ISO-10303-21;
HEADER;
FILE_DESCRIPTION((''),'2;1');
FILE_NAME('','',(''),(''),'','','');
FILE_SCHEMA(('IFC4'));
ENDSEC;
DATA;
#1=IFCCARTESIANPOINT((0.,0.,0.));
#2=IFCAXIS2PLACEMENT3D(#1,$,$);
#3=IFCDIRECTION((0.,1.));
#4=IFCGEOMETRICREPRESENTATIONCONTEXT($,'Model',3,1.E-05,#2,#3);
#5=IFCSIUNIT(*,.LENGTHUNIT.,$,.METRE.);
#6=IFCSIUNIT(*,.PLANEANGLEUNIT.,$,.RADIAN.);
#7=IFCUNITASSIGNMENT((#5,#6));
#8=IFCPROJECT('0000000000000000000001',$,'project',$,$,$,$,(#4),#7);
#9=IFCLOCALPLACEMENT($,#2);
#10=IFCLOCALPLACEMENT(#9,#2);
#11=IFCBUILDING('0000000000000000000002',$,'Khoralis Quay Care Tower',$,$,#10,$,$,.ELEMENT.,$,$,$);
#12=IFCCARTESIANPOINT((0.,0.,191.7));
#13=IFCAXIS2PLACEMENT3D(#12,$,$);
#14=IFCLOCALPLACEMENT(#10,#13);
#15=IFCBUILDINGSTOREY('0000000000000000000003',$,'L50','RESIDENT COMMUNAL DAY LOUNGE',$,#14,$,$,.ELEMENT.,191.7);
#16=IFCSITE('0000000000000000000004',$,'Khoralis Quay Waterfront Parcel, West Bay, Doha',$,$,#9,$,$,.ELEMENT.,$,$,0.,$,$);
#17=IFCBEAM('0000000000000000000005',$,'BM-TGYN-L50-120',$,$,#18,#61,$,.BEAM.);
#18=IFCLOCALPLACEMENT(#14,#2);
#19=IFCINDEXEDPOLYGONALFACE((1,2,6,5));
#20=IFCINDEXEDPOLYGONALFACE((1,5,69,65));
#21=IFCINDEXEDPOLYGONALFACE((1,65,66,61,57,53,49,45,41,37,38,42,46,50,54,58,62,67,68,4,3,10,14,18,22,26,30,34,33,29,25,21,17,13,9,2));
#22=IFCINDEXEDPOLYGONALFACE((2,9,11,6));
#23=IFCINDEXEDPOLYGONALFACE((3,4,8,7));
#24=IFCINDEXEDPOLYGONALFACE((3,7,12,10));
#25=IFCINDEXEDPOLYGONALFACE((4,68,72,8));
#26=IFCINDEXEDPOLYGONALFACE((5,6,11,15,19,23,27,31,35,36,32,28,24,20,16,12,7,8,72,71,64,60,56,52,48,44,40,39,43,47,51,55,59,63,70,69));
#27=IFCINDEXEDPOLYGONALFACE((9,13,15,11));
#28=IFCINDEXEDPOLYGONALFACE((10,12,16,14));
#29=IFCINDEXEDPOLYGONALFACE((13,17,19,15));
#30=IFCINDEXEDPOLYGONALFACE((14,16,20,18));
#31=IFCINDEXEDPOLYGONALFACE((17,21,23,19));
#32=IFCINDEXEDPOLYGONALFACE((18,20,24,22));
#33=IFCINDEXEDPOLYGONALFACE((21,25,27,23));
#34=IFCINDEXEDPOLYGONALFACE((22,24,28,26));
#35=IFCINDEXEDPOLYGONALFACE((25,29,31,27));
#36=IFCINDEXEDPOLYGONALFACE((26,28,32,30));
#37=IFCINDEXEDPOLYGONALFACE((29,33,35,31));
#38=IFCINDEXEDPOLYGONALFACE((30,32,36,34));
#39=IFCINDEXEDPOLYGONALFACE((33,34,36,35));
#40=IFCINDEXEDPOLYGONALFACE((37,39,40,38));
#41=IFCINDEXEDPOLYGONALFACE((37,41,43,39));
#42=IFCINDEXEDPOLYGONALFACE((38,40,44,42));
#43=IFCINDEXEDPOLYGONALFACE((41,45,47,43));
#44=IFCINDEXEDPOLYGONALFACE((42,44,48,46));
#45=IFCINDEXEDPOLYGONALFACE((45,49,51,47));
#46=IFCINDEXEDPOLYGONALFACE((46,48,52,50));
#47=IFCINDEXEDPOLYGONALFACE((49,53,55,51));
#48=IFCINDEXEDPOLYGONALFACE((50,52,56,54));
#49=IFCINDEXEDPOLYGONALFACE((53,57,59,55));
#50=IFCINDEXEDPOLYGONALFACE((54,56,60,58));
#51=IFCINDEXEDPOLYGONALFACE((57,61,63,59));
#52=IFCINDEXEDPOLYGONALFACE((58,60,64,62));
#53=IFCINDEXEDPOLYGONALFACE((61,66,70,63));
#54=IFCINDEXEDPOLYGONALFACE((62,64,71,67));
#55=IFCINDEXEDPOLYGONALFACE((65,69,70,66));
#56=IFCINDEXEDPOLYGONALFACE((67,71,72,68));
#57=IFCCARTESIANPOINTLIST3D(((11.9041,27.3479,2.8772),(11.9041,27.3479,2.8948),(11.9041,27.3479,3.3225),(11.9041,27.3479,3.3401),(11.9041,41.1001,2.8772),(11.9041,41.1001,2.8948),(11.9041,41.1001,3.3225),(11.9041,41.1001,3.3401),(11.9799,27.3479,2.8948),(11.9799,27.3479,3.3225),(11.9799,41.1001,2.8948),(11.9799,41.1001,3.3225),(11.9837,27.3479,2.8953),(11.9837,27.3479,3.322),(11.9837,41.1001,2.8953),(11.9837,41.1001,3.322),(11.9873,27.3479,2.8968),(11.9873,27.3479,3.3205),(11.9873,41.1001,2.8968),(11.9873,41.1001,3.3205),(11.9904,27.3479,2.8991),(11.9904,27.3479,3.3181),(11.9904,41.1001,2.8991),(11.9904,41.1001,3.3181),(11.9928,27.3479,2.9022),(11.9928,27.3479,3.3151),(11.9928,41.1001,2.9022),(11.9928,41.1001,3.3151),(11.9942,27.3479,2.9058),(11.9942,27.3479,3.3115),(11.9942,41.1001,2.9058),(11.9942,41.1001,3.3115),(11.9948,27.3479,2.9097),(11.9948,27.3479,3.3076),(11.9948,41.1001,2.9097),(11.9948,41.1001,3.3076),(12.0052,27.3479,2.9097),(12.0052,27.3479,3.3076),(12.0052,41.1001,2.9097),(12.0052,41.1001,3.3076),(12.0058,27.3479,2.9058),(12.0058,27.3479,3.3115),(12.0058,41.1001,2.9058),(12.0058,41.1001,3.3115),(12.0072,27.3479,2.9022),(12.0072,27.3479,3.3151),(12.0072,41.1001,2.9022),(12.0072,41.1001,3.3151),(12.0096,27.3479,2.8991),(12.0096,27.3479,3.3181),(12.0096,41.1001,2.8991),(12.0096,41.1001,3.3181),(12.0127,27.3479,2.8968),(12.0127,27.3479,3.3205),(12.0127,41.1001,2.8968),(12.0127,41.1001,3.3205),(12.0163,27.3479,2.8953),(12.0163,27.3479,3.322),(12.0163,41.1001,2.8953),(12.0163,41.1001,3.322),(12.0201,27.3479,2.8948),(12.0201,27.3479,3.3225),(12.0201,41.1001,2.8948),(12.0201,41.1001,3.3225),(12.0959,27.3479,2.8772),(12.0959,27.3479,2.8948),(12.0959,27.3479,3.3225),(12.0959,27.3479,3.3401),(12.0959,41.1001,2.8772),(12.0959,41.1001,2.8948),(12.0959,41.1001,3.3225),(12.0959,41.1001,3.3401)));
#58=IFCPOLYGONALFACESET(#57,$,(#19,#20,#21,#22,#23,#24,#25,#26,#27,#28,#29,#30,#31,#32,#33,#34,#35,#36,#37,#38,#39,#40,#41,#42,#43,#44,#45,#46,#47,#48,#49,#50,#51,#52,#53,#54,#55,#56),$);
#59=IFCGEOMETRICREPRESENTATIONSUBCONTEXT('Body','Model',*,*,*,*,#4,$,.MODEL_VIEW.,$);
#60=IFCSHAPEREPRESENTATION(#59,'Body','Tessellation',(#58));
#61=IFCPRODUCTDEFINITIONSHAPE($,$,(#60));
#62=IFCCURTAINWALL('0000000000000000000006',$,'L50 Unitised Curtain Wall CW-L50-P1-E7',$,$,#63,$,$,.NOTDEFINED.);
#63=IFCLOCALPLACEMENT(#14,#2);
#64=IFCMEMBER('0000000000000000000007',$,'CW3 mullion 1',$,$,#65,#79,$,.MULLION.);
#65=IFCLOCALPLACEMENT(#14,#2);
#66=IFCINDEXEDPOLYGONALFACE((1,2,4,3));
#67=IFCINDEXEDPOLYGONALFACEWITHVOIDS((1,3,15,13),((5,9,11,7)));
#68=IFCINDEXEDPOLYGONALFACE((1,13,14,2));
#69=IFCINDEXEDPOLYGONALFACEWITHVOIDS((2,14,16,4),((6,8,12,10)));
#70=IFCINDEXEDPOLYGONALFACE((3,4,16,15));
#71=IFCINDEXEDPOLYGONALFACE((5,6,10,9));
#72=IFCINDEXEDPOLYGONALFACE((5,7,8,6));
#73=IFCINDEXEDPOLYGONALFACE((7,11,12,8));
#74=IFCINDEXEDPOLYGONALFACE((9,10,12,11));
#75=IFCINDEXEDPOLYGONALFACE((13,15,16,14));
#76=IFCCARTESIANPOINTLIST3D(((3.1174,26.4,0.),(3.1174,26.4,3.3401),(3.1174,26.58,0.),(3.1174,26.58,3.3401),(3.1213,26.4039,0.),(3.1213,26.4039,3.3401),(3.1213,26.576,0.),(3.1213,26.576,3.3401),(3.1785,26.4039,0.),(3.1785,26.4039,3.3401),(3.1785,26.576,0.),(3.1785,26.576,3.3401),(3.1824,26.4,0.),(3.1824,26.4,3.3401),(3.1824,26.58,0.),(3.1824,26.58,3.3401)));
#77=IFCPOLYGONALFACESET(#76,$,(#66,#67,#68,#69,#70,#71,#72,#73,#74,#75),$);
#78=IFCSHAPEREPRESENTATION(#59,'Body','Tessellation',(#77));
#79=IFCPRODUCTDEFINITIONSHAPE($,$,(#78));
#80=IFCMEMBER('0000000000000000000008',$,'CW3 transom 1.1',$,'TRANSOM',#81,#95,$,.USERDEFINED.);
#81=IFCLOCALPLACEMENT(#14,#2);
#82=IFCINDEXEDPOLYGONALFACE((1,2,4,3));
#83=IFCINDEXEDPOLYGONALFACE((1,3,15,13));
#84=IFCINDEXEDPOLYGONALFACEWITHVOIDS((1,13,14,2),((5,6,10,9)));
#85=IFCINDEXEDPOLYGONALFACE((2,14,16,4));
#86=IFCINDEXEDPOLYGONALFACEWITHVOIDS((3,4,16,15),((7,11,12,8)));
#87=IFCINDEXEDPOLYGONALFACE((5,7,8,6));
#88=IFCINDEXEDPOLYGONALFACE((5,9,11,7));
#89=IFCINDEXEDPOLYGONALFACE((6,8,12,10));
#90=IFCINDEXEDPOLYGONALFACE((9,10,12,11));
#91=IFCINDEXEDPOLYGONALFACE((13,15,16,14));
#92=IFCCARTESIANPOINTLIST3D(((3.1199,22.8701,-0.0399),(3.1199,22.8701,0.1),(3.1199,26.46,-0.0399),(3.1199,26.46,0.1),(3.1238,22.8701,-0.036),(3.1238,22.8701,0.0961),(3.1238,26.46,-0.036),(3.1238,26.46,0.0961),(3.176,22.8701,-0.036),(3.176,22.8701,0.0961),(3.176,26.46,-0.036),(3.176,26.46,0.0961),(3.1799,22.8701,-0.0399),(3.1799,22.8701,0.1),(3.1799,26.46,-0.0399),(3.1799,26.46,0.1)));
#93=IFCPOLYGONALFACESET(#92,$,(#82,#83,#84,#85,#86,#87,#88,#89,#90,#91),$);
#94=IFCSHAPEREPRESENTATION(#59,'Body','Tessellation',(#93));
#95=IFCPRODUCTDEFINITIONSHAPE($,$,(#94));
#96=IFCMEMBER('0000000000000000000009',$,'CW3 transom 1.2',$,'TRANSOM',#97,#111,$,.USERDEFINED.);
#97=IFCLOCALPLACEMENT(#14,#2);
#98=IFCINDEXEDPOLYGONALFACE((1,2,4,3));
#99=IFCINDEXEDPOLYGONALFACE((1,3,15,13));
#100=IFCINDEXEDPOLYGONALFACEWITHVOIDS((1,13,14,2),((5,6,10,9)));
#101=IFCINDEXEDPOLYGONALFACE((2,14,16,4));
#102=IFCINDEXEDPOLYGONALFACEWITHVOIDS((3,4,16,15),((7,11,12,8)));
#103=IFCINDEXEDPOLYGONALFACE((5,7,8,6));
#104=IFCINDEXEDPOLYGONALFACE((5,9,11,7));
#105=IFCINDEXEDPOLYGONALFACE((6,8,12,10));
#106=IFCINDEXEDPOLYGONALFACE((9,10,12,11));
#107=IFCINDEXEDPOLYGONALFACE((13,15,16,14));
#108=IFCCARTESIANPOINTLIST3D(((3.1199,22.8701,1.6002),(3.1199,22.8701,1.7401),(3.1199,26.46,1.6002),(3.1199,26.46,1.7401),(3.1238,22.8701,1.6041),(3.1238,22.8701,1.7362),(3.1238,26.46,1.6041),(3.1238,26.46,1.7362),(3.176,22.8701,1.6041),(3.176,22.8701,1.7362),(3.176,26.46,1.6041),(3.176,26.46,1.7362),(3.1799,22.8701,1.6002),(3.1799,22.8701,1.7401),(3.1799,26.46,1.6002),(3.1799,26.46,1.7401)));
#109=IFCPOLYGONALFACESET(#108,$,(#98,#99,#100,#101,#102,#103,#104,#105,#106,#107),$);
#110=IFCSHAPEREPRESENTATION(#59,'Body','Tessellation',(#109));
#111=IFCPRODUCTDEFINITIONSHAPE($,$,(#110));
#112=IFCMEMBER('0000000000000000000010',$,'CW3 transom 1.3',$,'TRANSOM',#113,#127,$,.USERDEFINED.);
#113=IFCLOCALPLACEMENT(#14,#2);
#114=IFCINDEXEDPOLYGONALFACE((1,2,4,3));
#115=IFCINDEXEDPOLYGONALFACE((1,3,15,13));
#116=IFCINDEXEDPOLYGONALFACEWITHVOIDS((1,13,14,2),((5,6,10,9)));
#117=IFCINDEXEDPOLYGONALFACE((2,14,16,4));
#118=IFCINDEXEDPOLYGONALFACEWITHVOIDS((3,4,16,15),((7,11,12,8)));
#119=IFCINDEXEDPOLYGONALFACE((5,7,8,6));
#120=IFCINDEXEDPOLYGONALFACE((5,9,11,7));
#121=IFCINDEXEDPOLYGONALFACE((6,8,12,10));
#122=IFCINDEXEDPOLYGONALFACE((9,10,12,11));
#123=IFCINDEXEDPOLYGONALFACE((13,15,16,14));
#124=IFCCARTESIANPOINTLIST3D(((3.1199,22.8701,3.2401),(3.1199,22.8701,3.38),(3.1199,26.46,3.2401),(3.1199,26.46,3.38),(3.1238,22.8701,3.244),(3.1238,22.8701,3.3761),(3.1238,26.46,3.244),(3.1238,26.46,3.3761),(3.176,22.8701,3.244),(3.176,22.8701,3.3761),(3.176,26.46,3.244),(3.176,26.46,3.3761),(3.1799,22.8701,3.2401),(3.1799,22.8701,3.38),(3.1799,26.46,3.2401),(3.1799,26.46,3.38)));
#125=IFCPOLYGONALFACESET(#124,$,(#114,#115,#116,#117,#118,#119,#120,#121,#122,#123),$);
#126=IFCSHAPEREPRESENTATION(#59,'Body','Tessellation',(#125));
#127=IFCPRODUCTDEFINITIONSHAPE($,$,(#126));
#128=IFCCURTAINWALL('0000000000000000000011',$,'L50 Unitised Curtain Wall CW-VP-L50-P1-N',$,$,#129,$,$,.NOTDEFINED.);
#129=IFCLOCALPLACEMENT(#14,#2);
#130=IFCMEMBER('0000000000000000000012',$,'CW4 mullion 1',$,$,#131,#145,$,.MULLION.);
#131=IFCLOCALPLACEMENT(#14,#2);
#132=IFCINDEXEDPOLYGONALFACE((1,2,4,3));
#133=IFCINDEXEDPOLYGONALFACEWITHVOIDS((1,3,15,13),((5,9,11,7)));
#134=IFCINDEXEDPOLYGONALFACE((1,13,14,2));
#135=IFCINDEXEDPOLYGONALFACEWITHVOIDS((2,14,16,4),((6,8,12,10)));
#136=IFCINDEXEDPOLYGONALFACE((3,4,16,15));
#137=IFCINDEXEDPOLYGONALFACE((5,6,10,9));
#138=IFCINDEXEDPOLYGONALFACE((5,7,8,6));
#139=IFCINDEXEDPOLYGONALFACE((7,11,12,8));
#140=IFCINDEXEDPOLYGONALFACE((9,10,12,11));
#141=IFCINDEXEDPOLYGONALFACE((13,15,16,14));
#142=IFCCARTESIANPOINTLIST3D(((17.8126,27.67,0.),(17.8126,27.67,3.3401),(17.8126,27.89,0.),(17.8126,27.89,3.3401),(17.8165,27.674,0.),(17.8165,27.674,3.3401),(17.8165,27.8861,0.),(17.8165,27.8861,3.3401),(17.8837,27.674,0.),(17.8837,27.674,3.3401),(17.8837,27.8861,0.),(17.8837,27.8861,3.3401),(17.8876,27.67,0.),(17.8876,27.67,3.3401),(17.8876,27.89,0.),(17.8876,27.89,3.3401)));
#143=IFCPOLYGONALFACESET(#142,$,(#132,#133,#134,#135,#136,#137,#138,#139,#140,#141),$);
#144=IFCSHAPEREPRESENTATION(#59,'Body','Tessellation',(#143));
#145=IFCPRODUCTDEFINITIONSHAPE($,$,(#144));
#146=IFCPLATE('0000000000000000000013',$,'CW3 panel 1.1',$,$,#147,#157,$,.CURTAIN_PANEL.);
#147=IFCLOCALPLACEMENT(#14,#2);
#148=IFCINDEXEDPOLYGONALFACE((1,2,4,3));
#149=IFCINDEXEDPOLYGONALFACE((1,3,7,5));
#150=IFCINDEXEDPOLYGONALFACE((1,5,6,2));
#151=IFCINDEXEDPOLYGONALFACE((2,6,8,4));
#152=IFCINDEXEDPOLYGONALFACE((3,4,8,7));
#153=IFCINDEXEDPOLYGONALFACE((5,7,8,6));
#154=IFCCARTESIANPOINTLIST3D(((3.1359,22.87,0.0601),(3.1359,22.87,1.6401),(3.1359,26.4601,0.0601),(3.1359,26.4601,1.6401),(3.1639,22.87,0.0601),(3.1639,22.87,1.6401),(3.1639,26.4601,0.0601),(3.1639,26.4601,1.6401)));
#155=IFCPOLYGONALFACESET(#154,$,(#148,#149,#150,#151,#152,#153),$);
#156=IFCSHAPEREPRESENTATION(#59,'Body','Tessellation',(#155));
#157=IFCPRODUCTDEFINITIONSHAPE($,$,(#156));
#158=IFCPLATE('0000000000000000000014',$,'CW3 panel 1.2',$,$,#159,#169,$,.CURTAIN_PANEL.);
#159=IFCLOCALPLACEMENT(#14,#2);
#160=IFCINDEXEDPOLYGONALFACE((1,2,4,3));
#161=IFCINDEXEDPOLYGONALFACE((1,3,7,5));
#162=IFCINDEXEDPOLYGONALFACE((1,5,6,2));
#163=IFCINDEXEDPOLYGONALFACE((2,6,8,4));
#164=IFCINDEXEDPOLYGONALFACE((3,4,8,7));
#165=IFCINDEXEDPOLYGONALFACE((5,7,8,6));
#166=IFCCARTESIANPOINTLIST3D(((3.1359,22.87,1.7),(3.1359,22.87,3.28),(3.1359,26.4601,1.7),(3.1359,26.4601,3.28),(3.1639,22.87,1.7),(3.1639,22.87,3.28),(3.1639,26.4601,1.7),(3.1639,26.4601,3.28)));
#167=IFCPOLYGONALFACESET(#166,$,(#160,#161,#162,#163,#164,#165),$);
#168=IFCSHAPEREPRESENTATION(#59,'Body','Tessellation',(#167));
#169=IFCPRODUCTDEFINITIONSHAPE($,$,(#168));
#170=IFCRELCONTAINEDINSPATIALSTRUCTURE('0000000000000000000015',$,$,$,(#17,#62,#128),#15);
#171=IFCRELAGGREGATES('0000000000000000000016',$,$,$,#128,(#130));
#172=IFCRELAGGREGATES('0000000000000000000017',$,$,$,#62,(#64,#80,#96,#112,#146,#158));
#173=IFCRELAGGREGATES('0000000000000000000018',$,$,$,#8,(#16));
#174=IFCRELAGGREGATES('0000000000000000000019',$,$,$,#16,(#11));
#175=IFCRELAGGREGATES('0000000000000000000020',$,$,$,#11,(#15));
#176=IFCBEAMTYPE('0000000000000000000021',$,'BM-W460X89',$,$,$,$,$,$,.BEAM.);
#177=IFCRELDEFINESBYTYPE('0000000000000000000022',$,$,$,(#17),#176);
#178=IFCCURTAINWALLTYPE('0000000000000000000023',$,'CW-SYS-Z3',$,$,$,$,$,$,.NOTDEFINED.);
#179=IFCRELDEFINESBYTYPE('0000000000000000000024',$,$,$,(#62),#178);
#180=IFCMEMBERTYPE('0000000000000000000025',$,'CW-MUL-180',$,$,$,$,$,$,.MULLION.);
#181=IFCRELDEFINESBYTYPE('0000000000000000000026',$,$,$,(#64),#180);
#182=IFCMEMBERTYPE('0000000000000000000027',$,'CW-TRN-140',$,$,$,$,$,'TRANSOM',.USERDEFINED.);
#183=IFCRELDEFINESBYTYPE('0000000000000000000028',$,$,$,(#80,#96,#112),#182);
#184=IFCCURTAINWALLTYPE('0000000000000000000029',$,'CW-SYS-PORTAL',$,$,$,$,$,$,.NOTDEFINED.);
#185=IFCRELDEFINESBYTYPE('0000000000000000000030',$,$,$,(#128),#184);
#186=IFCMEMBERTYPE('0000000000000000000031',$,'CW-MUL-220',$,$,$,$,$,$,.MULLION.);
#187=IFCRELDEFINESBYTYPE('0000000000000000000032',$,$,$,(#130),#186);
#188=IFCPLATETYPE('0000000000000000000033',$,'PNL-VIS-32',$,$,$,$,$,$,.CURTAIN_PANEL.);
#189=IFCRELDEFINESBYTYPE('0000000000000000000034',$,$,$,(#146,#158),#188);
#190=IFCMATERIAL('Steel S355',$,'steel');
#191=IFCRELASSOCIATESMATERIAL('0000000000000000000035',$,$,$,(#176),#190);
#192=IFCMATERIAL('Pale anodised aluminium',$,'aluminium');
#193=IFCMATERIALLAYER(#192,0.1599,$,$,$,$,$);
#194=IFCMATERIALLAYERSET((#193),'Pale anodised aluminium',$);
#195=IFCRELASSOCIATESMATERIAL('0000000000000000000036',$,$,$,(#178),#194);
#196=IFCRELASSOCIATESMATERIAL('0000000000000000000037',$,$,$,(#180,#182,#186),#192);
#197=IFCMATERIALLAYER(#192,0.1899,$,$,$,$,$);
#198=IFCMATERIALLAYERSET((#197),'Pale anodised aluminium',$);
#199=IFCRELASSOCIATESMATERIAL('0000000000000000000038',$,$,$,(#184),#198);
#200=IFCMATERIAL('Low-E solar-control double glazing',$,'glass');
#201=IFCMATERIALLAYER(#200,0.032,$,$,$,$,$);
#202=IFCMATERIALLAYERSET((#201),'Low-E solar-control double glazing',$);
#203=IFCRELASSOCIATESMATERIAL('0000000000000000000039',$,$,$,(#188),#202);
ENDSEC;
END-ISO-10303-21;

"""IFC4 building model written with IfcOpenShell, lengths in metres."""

from ifc_helpers import new_model, si_unit, direction, frame, origin, origin_2d, place, context, subcontext, project, spatial, rectangle, hollow_rectangle, i_section, extrude, source, transform, mapped, material, layer, layer_set, material_profile, profile_set, type_object, element, aggregate, save


model = new_model("IFC4")

# Units and contexts
model_context = context("Model", 3, precision=1e-05, world=origin(), true_north=direction((0.0, 1.0)))
body_context = subcontext(model_context, "Body", "Model", "MODEL_VIEW")
ifc_project = project(units=[si_unit("LENGTHUNIT", "METRE"), si_unit("PLANEANGLEUNIT", "RADIAN")], contexts=[model_context])

# Site, building, storey
site_placement = place(None, origin())
site = spatial("IfcSite", under=ifc_project, at=site_placement, Name="Khoralis Quay Waterfront Parcel, West Bay, Doha", CompositionType="ELEMENT", RefElevation=0.0)
building_placement = place(site_placement, origin())
building = spatial("IfcBuilding", under=site, at=building_placement, Name="Khoralis Quay Care Tower", CompositionType="ELEMENT")
storey_placement = place(building_placement, frame((0.0, 0.0, 191.7)))
storey = spatial("IfcBuildingStorey", under=building, at=storey_placement, Name="L50", Description="RESIDENT COMMUNAL DAY LOUNGE", CompositionType="ELEMENT", Elevation=191.7)

# Beam
ifc_material_1 = material(Name="Steel S355", Category="steel")
ifc_material_profile_1 = material_profile(ifc_material_1, i_section(OverallWidth=0.1919, OverallDepth=0.4629, WebThickness=0.0105, FlangeThickness=0.0176, FilletRadius=0.0149, at=origin_2d()), Name="Steel S355")
ifc_profile_set_1 = profile_set([ifc_material_profile_1], Name="Steel S355")
beam_type_1 = type_object("IfcBeamType", Name="BM-W460X89", PredefinedType="BEAM", material=ifc_profile_set_1)
shared_shape_1 = source(origin(), body_context, "Body", "SweptSolid", [
    extrude(i_section(OverallWidth=0.1919, OverallDepth=0.4629, WebThickness=0.0105, FlangeThickness=0.0176, FilletRadius=0.0149, at=origin_2d()), origin(), (0.0, 0.0, 1.0), 13.7522),
])
beam_1_placement = place(storey_placement, frame((12.0, 27.3479, 3.1086), z_axis=(0.0, 1.0, 0.0), x_axis=(-1.0, 0.0, 0.0)))
element("IfcBeam", 1, at=beam_1_placement, inside=storey, type_object=beam_type_1, Name="BM-TGYN-L50-120", PredefinedType="BEAM", context=body_context, shape_type="MappedRepresentation", body=[
    mapped(shared_shape_1, transform((0.0, 0.0, 0.0), scale=1.0)),
])

# Curtain wall, members
ifc_material_2 = material(Name="Pale anodised aluminium", Category="aluminium")
ifc_layer_1 = layer(ifc_material_2, 0.1599)
ifc_layer_set_1 = layer_set([ifc_layer_1], Name="Pale anodised aluminium")
curtain_wall_type_1 = type_object("IfcCurtainWallType", Name="CW-SYS-Z3", PredefinedType="NOTDEFINED", material=ifc_layer_set_1)
curtain_wall_1_placement = place(storey_placement, origin())
curtain_wall_1 = element("IfcCurtainWall", 2, at=curtain_wall_1_placement, inside=storey, type_object=curtain_wall_type_1, Name="L50 Unitised Curtain Wall CW-L50-P1-E7", PredefinedType="NOTDEFINED")
ifc_material_profile_2 = material_profile(ifc_material_2, hollow_rectangle(XDim=0.0649, YDim=0.1799, WallThickness=0.0039, at=origin_2d()), Name="Pale anodised aluminium")
ifc_profile_set_2 = profile_set([ifc_material_profile_2], Name="Pale anodised aluminium")
member_type_1 = type_object("IfcMemberType", Name="CW-MUL-180", PredefinedType="MULLION", material=ifc_profile_set_2)
shared_shape_2 = source(origin(), body_context, "Body", "SweptSolid", [
    extrude(hollow_rectangle(XDim=0.0649, YDim=0.1799, WallThickness=0.0039, at=origin_2d()), origin(), (0.0, 0.0, 1.0), 3.3401),
])
member_1_placement = place(storey_placement, frame((3.1499, 26.49, 0.0), z_axis=(0.0, 0.0, 1.0), x_axis=(1.0, 0.0, 0.0)))
member_1 = element("IfcMember", 3, at=member_1_placement, type_object=member_type_1, Name="CW3 mullion 1", PredefinedType="MULLION", context=body_context, shape_type="MappedRepresentation", body=[
    mapped(shared_shape_2, transform((0.0, 0.0, 0.0), scale=1.0)),
])
ifc_material_profile_3 = material_profile(ifc_material_2, hollow_rectangle(XDim=0.0601, YDim=0.1399, WallThickness=0.0039, at=origin_2d()), Name="Pale anodised aluminium")
ifc_profile_set_3 = profile_set([ifc_material_profile_3], Name="Pale anodised aluminium")
member_type_2 = type_object("IfcMemberType", Name="CW-TRN-140", ElementType="TRANSOM", PredefinedType="USERDEFINED", material=ifc_profile_set_3)
shared_shape_3 = source(origin(), body_context, "Body", "SweptSolid", [
    extrude(hollow_rectangle(XDim=0.0601, YDim=0.1399, WallThickness=0.0039, at=origin_2d()), origin(), (0.0, 0.0, 1.0), 3.5898),
])
member_2_placement = place(storey_placement, frame((3.1499, 26.46, 0.03), z_axis=(0.0, -1.0, 0.0), x_axis=(1.0, 0.0, 0.0)))
member_2 = element("IfcMember", 4, at=member_2_placement, type_object=member_type_2, Name="CW3 transom 1.1", ObjectType="TRANSOM", PredefinedType="USERDEFINED", context=body_context, shape_type="MappedRepresentation", body=[
    mapped(shared_shape_3, transform((0.0, 0.0, 0.0), scale=1.0)),
])
member_3_placement = place(storey_placement, frame((3.1499, 26.46, 1.6702), z_axis=(0.0, -1.0, 0.0), x_axis=(1.0, 0.0, 0.0)))
member_3 = element("IfcMember", 5, at=member_3_placement, type_object=member_type_2, Name="CW3 transom 1.2", ObjectType="TRANSOM", PredefinedType="USERDEFINED", context=body_context, shape_type="MappedRepresentation", body=[
    mapped(shared_shape_3, transform((0.0, 0.0, 0.0), scale=1.0)),
])
member_4_placement = place(storey_placement, frame((3.1499, 26.46, 3.3101), z_axis=(0.0, -1.0, 0.0), x_axis=(1.0, 0.0, 0.0)))
member_4 = element("IfcMember", 6, at=member_4_placement, type_object=member_type_2, Name="CW3 transom 1.3", ObjectType="TRANSOM", PredefinedType="USERDEFINED", context=body_context, shape_type="MappedRepresentation", body=[
    mapped(shared_shape_3, transform((0.0, 0.0, 0.0), scale=1.0)),
])

# Curtain wall, member
ifc_layer_2 = layer(ifc_material_2, 0.1899)
ifc_layer_set_2 = layer_set([ifc_layer_2], Name="Pale anodised aluminium")
curtain_wall_type_2 = type_object("IfcCurtainWallType", Name="CW-SYS-PORTAL", PredefinedType="NOTDEFINED", material=ifc_layer_set_2)
curtain_wall_2_placement = place(storey_placement, origin())
curtain_wall_2 = element("IfcCurtainWall", 7, at=curtain_wall_2_placement, inside=storey, type_object=curtain_wall_type_2, Name="L50 Unitised Curtain Wall CW-VP-L50-P1-N", PredefinedType="NOTDEFINED")
ifc_material_profile_4 = material_profile(ifc_material_2, hollow_rectangle(XDim=0.075, YDim=0.22, WallThickness=0.0039, at=origin_2d()), Name="Pale anodised aluminium")
ifc_profile_set_4 = profile_set([ifc_material_profile_4], Name="Pale anodised aluminium")
member_type_3 = type_object("IfcMemberType", Name="CW-MUL-220", PredefinedType="MULLION", material=ifc_profile_set_4)
shared_shape_4 = source(origin(), body_context, "Body", "SweptSolid", [
    extrude(hollow_rectangle(XDim=0.075, YDim=0.22, WallThickness=0.0039, at=origin_2d()), origin(), (0.0, 0.0, 1.0), 3.3401),
])
member_5_placement = place(storey_placement, frame((17.8501, 27.78, 0.0), z_axis=(0.0, 0.0, 1.0), x_axis=(-1.0, 0.0, 0.0)))
member_5 = element("IfcMember", 8, at=member_5_placement, type_object=member_type_3, Name="CW4 mullion 1", PredefinedType="MULLION", context=body_context, shape_type="MappedRepresentation", body=[
    mapped(shared_shape_4, transform((0.0, 0.0, 0.0), scale=1.0)),
])
aggregate(curtain_wall_2, [member_5])

# Plates
ifc_material_3 = material(Name="Low-E solar-control double glazing", Category="glass")
ifc_layer_3 = layer(ifc_material_3, 0.032)
ifc_layer_set_3 = layer_set([ifc_layer_3], Name="Low-E solar-control double glazing")
plate_type = type_object("IfcPlateType", Name="PNL-VIS-32", PredefinedType="CURTAIN_PANEL", material=ifc_layer_set_3)
shared_shape_5 = source(origin(), body_context, "Body", "SweptSolid", [
    extrude(rectangle(XDim=3.5901, YDim=0.0281, at=origin_2d()), origin(), (0.0, 0.0, 1.0), 1.5801),
])
plate_1_placement = place(storey_placement, frame((3.1499, 24.665, 0.0601), z_axis=(0.0, 0.0, 1.0), x_axis=(0.0, -1.0, 0.0)))
plate_1 = element("IfcPlate", 9, at=plate_1_placement, type_object=plate_type, Name="CW3 panel 1.1", PredefinedType="CURTAIN_PANEL", context=body_context, shape_type="MappedRepresentation", body=[
    mapped(shared_shape_5, transform((0.0, 0.0, 0.0), scale=1.0)),
])
plate_2_placement = place(storey_placement, frame((3.1499, 24.665, 1.7), z_axis=(0.0, 0.0, 1.0), x_axis=(0.0, -1.0, 0.0)))
plate_2 = element("IfcPlate", 10, at=plate_2_placement, type_object=plate_type, Name="CW3 panel 1.2", PredefinedType="CURTAIN_PANEL", context=body_context, shape_type="MappedRepresentation", body=[
    mapped(shared_shape_5, transform((0.0, 0.0, 0.0), scale=1.0)),
])
aggregate(curtain_wall_1, [member_1, member_2, member_3, member_4, plate_1, plate_2])

save(model, "model.ifc")
